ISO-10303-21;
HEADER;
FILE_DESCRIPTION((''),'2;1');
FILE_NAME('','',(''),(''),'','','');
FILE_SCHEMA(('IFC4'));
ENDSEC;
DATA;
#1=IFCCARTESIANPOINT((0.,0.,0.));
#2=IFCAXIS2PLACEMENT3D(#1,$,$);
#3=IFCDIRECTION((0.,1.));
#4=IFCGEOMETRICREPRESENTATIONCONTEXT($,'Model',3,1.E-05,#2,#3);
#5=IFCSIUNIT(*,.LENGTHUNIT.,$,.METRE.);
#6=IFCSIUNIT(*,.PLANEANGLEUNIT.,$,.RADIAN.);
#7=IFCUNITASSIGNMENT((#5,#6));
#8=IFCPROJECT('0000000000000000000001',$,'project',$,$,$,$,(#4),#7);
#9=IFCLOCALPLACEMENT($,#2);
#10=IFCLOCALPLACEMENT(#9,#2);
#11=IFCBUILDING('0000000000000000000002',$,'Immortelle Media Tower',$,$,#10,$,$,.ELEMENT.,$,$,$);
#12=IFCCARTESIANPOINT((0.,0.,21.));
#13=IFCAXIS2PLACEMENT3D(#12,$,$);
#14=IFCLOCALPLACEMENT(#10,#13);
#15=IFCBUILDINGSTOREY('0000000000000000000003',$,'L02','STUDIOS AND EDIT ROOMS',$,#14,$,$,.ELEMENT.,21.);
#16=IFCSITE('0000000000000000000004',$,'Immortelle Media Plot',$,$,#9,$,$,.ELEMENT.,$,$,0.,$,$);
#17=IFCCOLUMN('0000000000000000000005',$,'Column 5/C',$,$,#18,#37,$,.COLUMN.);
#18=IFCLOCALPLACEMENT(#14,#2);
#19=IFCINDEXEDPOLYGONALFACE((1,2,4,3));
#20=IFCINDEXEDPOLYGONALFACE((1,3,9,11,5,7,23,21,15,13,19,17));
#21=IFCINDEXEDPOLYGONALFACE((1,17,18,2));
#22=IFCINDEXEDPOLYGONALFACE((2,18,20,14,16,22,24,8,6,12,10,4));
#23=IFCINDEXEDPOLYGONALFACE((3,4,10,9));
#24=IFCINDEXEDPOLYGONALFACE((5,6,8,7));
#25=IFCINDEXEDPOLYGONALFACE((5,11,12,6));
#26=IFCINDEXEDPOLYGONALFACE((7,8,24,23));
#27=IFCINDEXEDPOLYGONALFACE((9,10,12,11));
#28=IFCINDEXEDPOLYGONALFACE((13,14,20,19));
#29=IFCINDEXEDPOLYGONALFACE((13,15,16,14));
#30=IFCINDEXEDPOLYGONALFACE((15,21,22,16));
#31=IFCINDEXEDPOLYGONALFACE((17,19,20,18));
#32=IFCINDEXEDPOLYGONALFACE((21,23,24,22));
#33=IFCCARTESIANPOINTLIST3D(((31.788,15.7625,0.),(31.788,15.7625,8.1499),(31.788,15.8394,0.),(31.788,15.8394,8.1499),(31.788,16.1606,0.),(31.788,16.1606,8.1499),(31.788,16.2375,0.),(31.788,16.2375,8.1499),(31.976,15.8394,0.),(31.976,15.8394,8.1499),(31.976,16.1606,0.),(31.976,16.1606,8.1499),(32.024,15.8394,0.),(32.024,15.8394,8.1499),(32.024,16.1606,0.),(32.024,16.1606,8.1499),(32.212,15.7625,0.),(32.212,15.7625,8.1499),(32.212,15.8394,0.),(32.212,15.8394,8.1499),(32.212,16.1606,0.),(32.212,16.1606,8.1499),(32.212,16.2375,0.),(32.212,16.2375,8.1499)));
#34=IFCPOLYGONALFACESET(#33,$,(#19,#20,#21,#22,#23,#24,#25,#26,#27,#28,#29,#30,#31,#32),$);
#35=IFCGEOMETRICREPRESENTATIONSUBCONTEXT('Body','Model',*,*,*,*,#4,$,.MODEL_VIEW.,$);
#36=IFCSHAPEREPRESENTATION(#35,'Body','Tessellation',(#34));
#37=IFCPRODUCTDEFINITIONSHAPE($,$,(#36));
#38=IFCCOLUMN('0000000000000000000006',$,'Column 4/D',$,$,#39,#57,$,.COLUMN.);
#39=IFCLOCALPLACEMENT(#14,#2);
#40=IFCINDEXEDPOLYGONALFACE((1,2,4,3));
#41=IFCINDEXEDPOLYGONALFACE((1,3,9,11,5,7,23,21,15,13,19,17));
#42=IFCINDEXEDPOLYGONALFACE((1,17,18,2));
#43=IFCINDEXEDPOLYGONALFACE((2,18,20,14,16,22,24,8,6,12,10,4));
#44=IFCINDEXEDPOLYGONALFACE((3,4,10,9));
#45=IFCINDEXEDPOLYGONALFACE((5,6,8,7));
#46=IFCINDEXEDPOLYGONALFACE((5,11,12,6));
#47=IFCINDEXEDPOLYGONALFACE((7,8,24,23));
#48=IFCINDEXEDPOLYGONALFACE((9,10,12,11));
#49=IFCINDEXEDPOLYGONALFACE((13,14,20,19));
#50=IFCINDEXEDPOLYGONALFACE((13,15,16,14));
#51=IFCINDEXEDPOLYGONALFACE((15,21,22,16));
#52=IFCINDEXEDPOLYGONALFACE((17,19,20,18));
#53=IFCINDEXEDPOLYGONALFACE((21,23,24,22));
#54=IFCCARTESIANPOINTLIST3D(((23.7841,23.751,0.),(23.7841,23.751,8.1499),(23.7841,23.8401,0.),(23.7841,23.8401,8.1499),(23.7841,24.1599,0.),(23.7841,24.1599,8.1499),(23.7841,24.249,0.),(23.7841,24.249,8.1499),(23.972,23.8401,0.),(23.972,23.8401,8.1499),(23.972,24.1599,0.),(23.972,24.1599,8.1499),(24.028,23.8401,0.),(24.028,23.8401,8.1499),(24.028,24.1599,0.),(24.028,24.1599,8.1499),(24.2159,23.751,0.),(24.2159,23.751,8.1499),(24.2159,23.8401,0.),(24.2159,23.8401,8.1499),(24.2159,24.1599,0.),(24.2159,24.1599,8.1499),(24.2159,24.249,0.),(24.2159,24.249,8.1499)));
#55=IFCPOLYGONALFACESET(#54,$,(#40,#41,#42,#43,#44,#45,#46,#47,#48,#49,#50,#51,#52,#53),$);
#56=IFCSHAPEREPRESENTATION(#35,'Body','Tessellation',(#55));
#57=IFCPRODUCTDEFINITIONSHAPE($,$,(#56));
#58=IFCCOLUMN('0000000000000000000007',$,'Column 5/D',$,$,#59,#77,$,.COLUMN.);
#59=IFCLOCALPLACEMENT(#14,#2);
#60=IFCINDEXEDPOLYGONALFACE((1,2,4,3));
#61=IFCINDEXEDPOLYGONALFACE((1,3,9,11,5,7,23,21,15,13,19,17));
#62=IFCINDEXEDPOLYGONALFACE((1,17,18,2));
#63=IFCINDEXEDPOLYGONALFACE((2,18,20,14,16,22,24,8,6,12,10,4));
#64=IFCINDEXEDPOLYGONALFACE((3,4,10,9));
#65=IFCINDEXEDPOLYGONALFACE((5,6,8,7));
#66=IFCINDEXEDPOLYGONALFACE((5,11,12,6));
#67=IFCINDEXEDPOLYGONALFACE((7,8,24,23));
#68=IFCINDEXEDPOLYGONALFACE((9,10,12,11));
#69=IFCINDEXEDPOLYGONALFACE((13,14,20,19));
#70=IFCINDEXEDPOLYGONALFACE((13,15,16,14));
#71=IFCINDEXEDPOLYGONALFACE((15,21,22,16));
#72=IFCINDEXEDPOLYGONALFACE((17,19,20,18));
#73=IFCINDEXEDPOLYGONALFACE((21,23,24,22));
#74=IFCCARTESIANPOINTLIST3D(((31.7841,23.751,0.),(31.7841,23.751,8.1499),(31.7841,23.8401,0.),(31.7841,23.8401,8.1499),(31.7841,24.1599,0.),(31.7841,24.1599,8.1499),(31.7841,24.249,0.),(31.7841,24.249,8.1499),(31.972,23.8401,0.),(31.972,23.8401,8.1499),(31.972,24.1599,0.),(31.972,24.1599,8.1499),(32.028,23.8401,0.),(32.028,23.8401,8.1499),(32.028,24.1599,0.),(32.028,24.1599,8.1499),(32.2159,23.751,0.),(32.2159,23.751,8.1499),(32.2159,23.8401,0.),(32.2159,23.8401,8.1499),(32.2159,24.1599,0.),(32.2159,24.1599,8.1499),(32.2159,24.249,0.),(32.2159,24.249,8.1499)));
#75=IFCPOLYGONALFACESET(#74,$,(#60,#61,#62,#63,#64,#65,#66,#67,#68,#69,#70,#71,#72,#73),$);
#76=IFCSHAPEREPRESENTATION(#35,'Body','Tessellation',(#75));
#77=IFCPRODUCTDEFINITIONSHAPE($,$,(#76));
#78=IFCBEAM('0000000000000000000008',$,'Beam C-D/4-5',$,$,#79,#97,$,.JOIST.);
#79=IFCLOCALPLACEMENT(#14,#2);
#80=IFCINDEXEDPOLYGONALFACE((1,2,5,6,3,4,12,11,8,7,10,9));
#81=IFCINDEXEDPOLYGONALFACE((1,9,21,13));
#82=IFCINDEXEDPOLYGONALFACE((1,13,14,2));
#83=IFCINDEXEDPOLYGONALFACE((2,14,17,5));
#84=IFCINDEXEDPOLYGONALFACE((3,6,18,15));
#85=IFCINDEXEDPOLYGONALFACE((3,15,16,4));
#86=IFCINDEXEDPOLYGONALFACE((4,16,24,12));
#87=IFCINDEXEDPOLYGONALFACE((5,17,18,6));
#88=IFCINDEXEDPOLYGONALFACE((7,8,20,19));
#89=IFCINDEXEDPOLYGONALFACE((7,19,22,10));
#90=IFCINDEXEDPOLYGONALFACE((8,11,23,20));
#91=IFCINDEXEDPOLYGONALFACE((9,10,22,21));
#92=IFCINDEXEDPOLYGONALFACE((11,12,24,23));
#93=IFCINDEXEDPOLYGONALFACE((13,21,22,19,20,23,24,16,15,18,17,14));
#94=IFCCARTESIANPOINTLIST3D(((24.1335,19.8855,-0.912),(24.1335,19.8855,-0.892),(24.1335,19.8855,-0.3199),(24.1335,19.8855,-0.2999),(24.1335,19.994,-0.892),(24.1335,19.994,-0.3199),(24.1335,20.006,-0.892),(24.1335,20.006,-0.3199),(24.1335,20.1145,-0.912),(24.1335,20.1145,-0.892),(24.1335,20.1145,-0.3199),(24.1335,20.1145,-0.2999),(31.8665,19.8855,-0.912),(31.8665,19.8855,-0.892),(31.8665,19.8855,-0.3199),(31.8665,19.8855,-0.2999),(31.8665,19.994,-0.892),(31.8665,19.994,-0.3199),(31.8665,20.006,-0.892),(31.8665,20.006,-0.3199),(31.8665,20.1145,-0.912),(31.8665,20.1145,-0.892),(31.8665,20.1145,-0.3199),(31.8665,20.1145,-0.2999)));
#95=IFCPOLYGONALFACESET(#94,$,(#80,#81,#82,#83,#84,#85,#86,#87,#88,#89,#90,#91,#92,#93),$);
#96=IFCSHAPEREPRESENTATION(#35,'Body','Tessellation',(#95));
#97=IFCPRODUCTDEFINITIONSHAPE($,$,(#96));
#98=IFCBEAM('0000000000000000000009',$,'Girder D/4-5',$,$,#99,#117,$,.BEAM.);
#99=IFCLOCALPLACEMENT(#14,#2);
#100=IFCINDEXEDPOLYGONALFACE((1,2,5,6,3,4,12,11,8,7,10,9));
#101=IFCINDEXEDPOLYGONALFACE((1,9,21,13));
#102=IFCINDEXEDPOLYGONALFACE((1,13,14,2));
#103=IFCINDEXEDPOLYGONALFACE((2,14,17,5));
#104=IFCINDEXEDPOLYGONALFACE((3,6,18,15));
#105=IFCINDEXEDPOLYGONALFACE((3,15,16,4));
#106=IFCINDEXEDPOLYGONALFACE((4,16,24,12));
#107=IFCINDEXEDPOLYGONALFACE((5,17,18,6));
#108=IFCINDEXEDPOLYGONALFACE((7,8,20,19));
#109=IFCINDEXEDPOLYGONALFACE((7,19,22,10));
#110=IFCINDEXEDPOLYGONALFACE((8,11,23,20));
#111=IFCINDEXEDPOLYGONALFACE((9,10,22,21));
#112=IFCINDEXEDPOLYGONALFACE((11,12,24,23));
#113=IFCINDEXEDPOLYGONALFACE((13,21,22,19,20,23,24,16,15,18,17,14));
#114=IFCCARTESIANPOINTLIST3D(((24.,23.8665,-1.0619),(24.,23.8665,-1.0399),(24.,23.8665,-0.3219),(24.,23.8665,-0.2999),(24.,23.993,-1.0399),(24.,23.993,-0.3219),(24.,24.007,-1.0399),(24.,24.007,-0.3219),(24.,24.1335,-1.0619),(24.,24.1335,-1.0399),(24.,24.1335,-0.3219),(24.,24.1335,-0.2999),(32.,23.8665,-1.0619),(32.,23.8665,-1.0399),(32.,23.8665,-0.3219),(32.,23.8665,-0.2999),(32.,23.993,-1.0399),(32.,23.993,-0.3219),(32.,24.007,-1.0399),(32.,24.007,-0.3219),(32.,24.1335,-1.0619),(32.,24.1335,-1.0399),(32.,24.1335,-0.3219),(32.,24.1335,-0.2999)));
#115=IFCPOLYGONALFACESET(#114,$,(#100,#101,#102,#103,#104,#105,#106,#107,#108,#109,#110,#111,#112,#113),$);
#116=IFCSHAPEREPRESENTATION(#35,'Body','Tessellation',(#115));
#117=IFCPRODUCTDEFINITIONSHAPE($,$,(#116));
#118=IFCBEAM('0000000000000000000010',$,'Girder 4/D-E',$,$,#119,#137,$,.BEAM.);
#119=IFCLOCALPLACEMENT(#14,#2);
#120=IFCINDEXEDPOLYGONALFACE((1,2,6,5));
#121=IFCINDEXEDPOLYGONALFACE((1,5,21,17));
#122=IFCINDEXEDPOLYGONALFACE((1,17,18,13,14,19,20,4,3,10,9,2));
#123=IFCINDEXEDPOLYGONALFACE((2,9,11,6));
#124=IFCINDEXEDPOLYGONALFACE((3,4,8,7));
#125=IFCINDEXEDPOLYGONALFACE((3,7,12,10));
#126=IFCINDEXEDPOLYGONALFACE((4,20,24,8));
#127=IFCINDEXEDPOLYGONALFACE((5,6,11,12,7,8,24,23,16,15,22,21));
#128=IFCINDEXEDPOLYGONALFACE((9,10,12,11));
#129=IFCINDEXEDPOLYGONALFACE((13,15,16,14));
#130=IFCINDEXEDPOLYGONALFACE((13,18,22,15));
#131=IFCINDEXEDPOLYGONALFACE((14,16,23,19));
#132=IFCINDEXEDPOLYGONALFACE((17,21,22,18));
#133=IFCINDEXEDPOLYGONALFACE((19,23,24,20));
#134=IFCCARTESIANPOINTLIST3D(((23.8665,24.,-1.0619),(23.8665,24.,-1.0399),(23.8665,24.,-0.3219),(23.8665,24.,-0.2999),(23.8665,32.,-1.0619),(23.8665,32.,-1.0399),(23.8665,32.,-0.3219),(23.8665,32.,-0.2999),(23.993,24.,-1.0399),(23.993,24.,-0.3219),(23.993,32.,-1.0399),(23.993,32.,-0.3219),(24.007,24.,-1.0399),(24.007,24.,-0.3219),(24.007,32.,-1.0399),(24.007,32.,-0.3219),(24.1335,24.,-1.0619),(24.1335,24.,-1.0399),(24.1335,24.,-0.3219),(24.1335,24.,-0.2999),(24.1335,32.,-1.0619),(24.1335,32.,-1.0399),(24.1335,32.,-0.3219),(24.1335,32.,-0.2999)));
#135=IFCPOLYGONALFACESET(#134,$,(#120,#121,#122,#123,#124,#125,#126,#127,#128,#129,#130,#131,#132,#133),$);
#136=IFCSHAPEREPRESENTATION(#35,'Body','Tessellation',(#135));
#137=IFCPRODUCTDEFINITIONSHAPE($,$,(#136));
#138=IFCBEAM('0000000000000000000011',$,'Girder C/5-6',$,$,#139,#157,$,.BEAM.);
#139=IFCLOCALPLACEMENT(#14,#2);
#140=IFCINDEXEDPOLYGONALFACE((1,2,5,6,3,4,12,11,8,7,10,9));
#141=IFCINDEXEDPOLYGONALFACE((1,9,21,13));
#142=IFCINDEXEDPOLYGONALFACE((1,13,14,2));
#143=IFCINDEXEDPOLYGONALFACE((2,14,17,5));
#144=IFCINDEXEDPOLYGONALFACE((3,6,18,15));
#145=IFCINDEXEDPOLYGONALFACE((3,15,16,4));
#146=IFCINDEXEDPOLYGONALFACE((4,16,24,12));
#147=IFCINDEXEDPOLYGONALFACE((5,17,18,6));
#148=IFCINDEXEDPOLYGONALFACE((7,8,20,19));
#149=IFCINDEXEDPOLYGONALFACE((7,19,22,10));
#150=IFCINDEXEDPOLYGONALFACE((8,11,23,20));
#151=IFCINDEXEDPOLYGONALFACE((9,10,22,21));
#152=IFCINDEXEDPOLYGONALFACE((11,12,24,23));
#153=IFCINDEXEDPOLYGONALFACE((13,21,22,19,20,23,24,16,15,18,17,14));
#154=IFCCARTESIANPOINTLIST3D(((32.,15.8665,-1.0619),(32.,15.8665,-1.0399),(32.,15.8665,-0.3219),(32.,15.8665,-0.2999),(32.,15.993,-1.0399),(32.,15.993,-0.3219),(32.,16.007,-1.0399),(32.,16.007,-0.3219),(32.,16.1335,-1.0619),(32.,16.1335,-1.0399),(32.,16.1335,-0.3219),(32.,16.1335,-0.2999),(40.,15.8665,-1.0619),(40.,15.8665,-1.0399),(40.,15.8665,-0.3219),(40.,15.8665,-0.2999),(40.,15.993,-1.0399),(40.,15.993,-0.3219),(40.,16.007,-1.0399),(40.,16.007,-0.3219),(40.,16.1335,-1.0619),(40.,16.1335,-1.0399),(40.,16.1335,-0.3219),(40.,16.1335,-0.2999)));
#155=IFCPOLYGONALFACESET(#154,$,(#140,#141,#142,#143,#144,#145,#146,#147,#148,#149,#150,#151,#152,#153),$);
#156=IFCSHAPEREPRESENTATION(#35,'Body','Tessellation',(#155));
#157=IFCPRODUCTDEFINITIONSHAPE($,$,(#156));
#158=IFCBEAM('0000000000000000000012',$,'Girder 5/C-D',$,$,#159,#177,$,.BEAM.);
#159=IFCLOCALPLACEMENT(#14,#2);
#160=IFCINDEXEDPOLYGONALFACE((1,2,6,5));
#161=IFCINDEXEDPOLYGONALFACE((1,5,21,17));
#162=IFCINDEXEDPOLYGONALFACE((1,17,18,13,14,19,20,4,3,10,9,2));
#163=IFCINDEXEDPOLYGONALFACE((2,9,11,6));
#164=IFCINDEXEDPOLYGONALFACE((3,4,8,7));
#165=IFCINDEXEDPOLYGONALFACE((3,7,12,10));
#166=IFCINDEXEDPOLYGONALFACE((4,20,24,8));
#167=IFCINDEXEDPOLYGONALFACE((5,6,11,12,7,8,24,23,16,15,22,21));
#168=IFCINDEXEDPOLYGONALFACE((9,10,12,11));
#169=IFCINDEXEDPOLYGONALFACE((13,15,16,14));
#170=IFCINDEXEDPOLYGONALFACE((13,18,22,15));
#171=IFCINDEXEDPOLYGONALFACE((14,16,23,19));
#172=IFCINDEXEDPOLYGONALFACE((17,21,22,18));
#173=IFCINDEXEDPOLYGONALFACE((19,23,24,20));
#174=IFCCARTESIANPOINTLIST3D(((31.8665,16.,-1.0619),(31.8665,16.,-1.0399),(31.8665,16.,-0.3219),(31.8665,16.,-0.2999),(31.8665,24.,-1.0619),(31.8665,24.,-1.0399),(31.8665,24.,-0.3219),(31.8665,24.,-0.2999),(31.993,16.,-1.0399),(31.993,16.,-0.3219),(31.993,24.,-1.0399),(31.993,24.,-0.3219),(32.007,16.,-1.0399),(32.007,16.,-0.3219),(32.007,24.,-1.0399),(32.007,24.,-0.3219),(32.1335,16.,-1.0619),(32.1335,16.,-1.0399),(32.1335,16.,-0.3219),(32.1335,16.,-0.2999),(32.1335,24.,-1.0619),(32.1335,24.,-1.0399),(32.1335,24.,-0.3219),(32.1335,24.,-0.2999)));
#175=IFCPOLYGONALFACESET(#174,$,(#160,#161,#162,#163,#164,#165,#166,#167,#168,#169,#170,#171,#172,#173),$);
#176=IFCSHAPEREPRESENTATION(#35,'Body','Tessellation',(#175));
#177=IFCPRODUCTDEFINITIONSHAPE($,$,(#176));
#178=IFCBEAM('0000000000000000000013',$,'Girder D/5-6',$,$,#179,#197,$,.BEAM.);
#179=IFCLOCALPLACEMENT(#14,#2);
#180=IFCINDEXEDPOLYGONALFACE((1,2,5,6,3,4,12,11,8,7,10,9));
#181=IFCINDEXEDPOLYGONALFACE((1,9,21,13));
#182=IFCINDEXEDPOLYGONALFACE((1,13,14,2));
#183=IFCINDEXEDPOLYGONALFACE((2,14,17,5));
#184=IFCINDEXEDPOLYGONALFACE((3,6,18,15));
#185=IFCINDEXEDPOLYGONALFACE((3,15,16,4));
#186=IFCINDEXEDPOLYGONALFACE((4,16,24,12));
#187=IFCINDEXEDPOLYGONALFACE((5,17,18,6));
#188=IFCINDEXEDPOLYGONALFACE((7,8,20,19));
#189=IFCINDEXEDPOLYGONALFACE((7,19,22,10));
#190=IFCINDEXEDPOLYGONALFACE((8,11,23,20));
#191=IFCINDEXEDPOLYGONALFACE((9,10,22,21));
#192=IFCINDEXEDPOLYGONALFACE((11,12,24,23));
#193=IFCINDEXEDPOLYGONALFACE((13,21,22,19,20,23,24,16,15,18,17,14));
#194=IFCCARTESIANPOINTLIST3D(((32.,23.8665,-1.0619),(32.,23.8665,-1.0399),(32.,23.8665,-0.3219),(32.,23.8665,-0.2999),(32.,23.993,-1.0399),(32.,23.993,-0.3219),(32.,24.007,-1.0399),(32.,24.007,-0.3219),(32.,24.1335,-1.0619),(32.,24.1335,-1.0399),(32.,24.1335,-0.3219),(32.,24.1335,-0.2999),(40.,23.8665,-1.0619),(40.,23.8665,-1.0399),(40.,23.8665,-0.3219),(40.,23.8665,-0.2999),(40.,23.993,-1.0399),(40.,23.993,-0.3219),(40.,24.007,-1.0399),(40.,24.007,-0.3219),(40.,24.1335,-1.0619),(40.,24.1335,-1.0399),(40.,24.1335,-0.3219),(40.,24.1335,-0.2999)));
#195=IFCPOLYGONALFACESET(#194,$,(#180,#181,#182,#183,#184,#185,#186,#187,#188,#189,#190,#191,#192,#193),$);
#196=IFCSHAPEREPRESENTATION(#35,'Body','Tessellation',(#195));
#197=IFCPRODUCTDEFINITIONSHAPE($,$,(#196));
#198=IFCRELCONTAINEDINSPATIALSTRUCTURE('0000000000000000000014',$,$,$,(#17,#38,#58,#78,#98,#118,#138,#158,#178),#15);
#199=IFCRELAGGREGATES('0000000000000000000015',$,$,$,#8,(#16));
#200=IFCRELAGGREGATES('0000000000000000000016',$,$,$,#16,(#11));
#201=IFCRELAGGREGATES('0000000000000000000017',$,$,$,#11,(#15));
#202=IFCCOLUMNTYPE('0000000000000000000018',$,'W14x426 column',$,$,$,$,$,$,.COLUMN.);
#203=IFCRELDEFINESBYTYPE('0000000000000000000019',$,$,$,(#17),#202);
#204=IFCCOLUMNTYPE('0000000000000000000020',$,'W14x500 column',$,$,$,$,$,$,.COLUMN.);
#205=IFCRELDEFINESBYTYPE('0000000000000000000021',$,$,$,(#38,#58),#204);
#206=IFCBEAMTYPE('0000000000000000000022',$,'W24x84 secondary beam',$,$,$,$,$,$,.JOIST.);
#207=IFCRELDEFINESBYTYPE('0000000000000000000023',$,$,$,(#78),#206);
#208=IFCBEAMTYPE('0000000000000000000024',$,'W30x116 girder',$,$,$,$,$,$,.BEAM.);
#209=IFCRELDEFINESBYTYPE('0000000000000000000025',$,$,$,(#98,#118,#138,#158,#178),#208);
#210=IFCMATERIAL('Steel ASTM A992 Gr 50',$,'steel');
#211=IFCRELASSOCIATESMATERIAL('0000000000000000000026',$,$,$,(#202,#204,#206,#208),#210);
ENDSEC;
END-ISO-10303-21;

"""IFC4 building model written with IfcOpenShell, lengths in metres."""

from ifc_helpers import new_model, si_unit, direction, frame, origin, origin_2d, place, context, subcontext, project, spatial, i_section, extrude, material, material_profile, profile_set, type_object, element, save


model = new_model("IFC4")

# Units and contexts
model_context = context("Model", 3, precision=1e-05, world=origin(), true_north=direction((0.0, 1.0)))
body_context = subcontext(model_context, "Body", "Model", "MODEL_VIEW")
ifc_project = project(units=[si_unit("LENGTHUNIT", "METRE"), si_unit("PLANEANGLEUNIT", "RADIAN")], contexts=[model_context])

# Site, building, storey
site_placement = place(None, origin())
site = spatial("IfcSite", under=ifc_project, at=site_placement, Name="Immortelle Media Plot", CompositionType="ELEMENT", RefElevation=0.0)
building_placement = place(site_placement, origin())
building = spatial("IfcBuilding", under=site, at=building_placement, Name="Immortelle Media Tower", CompositionType="ELEMENT")
storey_placement = place(building_placement, frame((0.0, 0.0, 21.0)))
storey = spatial("IfcBuildingStorey", under=building, at=storey_placement, Name="L02", Description="STUDIOS AND EDIT ROOMS", CompositionType="ELEMENT", Elevation=21.0)

# Columns
ifc_material_1 = material(Name="Steel ASTM A992 Gr 50", Category="steel")
ifc_material_profile_1 = material_profile(ifc_material_1, i_section(OverallWidth=0.4241, OverallDepth=0.4751, WebThickness=0.0481, FlangeThickness=0.0769, at=origin_2d()), Name="W14x426")
ifc_profile_set_1 = profile_set([ifc_material_profile_1], Name="Steel ASTM A992 Gr 50")
column_type_1 = type_object("IfcColumnType", Name="W14x426 column", PredefinedType="COLUMN", material=ifc_profile_set_1)
column_placement = place(storey_placement, frame((32.0, 16.0, 0.0), z_axis=(0.0, 0.0, 1.0), x_axis=(1.0, 0.0, 0.0)))
element("IfcColumn", 1, at=column_placement, inside=storey, type_object=column_type_1, Name="Column 5/C", PredefinedType="COLUMN", context=body_context, shape_type="SweptSolid", body=[
    extrude(i_section(OverallWidth=0.4241, OverallDepth=0.4751, WebThickness=0.0481, FlangeThickness=0.0769, at=origin_2d()), origin(), (0.0, 0.0, 1.0), 8.1499),
])
ifc_material_profile_2 = material_profile(ifc_material_1, i_section(OverallWidth=0.4319, OverallDepth=0.498, WebThickness=0.0559, FlangeThickness=0.0891, at=origin_2d()), Name="W14x500")
ifc_profile_set_2 = profile_set([ifc_material_profile_2], Name="Steel ASTM A992 Gr 50")
column_type_2 = type_object("IfcColumnType", Name="W14x500 column", PredefinedType="COLUMN", material=ifc_profile_set_2)
for number, where, z_axis, x_axis, name in (
    (2, (24.0, 24.0, 0.0), (0.0, 0.0, 1.0), (1.0, 0.0, 0.0), "Column 4/D"),
    (3, (32.0, 24.0, 0.0), (0.0, 0.0, 1.0), (1.0, 0.0, 0.0), "Column 5/D"),
):
    element("IfcColumn", number, at=place(storey_placement, frame(where, z_axis=z_axis, x_axis=x_axis)), inside=storey, type_object=column_type_2, Name=name, PredefinedType="COLUMN", context=body_context, shape_type="SweptSolid", body=[
        extrude(i_section(OverallWidth=0.4319, OverallDepth=0.498, WebThickness=0.0559, FlangeThickness=0.0891, at=origin_2d()), origin(), (0.0, 0.0, 1.0), 8.1499),
    ])

# Beams
ifc_material_profile_3 = material_profile(ifc_material_1, i_section(OverallWidth=0.229, OverallDepth=0.6121, WebThickness=0.012, FlangeThickness=0.02, at=origin_2d()), Name="W24x84")
ifc_profile_set_3 = profile_set([ifc_material_profile_3], Name="Steel ASTM A992 Gr 50")
beam_type_1 = type_object("IfcBeamType", Name="W24x84 secondary beam", PredefinedType="JOIST", material=ifc_profile_set_3)
beam_placement = place(storey_placement, frame((24.1335, 20.0, -0.606), z_axis=(1.0, 0.0, 0.0), x_axis=(0.0, 1.0, 0.0)))
element("IfcBeam", 4, at=beam_placement, inside=storey, type_object=beam_type_1, Name="Beam C-D/4-5", PredefinedType="JOIST", context=body_context, shape_type="SweptSolid", body=[
    extrude(i_section(OverallWidth=0.229, OverallDepth=0.6121, WebThickness=0.012, FlangeThickness=0.02, at=origin_2d()), origin(), (0.0, 0.0, 1.0), 7.7329),
])
ifc_material_profile_4 = material_profile(ifc_material_1, i_section(OverallWidth=0.2671, OverallDepth=0.762, WebThickness=0.0139, FlangeThickness=0.022, at=origin_2d()), Name="W30x116")
ifc_profile_set_4 = profile_set([ifc_material_profile_4], Name="Steel ASTM A992 Gr 50")
beam_type_2 = type_object("IfcBeamType", Name="W30x116 girder", PredefinedType="BEAM", material=ifc_profile_set_4)
for number, where, z_axis, x_axis, name in (
    (5, (24.0, 24.0, -0.6809), (1.0, 0.0, 0.0), (0.0, 1.0, 0.0), "Girder D/4-5"),
    (6, (24.0, 24.0, -0.6809), (0.0, 1.0, 0.0), (-1.0, 0.0, 0.0), "Girder 4/D-E"),
    (7, (32.0, 16.0, -0.6809), (1.0, 0.0, 0.0), (0.0, 1.0, 0.0), "Girder C/5-6"),
    (8, (32.0, 16.0, -0.6809), (0.0, 1.0, 0.0), (-1.0, 0.0, 0.0), "Girder 5/C-D"),
    (9, (32.0, 24.0, -0.6809), (1.0, 0.0, 0.0), (0.0, 1.0, 0.0), "Girder D/5-6"),
):
    element("IfcBeam", number, at=place(storey_placement, frame(where, z_axis=z_axis, x_axis=x_axis)), inside=storey, type_object=beam_type_2, Name=name, PredefinedType="BEAM", context=body_context, shape_type="SweptSolid", body=[
        extrude(i_section(OverallWidth=0.2671, OverallDepth=0.762, WebThickness=0.0139, FlangeThickness=0.022, at=origin_2d()), origin(), (0.0, 0.0, 1.0), 8.0),
    ])

save(model, "model.ifc")
